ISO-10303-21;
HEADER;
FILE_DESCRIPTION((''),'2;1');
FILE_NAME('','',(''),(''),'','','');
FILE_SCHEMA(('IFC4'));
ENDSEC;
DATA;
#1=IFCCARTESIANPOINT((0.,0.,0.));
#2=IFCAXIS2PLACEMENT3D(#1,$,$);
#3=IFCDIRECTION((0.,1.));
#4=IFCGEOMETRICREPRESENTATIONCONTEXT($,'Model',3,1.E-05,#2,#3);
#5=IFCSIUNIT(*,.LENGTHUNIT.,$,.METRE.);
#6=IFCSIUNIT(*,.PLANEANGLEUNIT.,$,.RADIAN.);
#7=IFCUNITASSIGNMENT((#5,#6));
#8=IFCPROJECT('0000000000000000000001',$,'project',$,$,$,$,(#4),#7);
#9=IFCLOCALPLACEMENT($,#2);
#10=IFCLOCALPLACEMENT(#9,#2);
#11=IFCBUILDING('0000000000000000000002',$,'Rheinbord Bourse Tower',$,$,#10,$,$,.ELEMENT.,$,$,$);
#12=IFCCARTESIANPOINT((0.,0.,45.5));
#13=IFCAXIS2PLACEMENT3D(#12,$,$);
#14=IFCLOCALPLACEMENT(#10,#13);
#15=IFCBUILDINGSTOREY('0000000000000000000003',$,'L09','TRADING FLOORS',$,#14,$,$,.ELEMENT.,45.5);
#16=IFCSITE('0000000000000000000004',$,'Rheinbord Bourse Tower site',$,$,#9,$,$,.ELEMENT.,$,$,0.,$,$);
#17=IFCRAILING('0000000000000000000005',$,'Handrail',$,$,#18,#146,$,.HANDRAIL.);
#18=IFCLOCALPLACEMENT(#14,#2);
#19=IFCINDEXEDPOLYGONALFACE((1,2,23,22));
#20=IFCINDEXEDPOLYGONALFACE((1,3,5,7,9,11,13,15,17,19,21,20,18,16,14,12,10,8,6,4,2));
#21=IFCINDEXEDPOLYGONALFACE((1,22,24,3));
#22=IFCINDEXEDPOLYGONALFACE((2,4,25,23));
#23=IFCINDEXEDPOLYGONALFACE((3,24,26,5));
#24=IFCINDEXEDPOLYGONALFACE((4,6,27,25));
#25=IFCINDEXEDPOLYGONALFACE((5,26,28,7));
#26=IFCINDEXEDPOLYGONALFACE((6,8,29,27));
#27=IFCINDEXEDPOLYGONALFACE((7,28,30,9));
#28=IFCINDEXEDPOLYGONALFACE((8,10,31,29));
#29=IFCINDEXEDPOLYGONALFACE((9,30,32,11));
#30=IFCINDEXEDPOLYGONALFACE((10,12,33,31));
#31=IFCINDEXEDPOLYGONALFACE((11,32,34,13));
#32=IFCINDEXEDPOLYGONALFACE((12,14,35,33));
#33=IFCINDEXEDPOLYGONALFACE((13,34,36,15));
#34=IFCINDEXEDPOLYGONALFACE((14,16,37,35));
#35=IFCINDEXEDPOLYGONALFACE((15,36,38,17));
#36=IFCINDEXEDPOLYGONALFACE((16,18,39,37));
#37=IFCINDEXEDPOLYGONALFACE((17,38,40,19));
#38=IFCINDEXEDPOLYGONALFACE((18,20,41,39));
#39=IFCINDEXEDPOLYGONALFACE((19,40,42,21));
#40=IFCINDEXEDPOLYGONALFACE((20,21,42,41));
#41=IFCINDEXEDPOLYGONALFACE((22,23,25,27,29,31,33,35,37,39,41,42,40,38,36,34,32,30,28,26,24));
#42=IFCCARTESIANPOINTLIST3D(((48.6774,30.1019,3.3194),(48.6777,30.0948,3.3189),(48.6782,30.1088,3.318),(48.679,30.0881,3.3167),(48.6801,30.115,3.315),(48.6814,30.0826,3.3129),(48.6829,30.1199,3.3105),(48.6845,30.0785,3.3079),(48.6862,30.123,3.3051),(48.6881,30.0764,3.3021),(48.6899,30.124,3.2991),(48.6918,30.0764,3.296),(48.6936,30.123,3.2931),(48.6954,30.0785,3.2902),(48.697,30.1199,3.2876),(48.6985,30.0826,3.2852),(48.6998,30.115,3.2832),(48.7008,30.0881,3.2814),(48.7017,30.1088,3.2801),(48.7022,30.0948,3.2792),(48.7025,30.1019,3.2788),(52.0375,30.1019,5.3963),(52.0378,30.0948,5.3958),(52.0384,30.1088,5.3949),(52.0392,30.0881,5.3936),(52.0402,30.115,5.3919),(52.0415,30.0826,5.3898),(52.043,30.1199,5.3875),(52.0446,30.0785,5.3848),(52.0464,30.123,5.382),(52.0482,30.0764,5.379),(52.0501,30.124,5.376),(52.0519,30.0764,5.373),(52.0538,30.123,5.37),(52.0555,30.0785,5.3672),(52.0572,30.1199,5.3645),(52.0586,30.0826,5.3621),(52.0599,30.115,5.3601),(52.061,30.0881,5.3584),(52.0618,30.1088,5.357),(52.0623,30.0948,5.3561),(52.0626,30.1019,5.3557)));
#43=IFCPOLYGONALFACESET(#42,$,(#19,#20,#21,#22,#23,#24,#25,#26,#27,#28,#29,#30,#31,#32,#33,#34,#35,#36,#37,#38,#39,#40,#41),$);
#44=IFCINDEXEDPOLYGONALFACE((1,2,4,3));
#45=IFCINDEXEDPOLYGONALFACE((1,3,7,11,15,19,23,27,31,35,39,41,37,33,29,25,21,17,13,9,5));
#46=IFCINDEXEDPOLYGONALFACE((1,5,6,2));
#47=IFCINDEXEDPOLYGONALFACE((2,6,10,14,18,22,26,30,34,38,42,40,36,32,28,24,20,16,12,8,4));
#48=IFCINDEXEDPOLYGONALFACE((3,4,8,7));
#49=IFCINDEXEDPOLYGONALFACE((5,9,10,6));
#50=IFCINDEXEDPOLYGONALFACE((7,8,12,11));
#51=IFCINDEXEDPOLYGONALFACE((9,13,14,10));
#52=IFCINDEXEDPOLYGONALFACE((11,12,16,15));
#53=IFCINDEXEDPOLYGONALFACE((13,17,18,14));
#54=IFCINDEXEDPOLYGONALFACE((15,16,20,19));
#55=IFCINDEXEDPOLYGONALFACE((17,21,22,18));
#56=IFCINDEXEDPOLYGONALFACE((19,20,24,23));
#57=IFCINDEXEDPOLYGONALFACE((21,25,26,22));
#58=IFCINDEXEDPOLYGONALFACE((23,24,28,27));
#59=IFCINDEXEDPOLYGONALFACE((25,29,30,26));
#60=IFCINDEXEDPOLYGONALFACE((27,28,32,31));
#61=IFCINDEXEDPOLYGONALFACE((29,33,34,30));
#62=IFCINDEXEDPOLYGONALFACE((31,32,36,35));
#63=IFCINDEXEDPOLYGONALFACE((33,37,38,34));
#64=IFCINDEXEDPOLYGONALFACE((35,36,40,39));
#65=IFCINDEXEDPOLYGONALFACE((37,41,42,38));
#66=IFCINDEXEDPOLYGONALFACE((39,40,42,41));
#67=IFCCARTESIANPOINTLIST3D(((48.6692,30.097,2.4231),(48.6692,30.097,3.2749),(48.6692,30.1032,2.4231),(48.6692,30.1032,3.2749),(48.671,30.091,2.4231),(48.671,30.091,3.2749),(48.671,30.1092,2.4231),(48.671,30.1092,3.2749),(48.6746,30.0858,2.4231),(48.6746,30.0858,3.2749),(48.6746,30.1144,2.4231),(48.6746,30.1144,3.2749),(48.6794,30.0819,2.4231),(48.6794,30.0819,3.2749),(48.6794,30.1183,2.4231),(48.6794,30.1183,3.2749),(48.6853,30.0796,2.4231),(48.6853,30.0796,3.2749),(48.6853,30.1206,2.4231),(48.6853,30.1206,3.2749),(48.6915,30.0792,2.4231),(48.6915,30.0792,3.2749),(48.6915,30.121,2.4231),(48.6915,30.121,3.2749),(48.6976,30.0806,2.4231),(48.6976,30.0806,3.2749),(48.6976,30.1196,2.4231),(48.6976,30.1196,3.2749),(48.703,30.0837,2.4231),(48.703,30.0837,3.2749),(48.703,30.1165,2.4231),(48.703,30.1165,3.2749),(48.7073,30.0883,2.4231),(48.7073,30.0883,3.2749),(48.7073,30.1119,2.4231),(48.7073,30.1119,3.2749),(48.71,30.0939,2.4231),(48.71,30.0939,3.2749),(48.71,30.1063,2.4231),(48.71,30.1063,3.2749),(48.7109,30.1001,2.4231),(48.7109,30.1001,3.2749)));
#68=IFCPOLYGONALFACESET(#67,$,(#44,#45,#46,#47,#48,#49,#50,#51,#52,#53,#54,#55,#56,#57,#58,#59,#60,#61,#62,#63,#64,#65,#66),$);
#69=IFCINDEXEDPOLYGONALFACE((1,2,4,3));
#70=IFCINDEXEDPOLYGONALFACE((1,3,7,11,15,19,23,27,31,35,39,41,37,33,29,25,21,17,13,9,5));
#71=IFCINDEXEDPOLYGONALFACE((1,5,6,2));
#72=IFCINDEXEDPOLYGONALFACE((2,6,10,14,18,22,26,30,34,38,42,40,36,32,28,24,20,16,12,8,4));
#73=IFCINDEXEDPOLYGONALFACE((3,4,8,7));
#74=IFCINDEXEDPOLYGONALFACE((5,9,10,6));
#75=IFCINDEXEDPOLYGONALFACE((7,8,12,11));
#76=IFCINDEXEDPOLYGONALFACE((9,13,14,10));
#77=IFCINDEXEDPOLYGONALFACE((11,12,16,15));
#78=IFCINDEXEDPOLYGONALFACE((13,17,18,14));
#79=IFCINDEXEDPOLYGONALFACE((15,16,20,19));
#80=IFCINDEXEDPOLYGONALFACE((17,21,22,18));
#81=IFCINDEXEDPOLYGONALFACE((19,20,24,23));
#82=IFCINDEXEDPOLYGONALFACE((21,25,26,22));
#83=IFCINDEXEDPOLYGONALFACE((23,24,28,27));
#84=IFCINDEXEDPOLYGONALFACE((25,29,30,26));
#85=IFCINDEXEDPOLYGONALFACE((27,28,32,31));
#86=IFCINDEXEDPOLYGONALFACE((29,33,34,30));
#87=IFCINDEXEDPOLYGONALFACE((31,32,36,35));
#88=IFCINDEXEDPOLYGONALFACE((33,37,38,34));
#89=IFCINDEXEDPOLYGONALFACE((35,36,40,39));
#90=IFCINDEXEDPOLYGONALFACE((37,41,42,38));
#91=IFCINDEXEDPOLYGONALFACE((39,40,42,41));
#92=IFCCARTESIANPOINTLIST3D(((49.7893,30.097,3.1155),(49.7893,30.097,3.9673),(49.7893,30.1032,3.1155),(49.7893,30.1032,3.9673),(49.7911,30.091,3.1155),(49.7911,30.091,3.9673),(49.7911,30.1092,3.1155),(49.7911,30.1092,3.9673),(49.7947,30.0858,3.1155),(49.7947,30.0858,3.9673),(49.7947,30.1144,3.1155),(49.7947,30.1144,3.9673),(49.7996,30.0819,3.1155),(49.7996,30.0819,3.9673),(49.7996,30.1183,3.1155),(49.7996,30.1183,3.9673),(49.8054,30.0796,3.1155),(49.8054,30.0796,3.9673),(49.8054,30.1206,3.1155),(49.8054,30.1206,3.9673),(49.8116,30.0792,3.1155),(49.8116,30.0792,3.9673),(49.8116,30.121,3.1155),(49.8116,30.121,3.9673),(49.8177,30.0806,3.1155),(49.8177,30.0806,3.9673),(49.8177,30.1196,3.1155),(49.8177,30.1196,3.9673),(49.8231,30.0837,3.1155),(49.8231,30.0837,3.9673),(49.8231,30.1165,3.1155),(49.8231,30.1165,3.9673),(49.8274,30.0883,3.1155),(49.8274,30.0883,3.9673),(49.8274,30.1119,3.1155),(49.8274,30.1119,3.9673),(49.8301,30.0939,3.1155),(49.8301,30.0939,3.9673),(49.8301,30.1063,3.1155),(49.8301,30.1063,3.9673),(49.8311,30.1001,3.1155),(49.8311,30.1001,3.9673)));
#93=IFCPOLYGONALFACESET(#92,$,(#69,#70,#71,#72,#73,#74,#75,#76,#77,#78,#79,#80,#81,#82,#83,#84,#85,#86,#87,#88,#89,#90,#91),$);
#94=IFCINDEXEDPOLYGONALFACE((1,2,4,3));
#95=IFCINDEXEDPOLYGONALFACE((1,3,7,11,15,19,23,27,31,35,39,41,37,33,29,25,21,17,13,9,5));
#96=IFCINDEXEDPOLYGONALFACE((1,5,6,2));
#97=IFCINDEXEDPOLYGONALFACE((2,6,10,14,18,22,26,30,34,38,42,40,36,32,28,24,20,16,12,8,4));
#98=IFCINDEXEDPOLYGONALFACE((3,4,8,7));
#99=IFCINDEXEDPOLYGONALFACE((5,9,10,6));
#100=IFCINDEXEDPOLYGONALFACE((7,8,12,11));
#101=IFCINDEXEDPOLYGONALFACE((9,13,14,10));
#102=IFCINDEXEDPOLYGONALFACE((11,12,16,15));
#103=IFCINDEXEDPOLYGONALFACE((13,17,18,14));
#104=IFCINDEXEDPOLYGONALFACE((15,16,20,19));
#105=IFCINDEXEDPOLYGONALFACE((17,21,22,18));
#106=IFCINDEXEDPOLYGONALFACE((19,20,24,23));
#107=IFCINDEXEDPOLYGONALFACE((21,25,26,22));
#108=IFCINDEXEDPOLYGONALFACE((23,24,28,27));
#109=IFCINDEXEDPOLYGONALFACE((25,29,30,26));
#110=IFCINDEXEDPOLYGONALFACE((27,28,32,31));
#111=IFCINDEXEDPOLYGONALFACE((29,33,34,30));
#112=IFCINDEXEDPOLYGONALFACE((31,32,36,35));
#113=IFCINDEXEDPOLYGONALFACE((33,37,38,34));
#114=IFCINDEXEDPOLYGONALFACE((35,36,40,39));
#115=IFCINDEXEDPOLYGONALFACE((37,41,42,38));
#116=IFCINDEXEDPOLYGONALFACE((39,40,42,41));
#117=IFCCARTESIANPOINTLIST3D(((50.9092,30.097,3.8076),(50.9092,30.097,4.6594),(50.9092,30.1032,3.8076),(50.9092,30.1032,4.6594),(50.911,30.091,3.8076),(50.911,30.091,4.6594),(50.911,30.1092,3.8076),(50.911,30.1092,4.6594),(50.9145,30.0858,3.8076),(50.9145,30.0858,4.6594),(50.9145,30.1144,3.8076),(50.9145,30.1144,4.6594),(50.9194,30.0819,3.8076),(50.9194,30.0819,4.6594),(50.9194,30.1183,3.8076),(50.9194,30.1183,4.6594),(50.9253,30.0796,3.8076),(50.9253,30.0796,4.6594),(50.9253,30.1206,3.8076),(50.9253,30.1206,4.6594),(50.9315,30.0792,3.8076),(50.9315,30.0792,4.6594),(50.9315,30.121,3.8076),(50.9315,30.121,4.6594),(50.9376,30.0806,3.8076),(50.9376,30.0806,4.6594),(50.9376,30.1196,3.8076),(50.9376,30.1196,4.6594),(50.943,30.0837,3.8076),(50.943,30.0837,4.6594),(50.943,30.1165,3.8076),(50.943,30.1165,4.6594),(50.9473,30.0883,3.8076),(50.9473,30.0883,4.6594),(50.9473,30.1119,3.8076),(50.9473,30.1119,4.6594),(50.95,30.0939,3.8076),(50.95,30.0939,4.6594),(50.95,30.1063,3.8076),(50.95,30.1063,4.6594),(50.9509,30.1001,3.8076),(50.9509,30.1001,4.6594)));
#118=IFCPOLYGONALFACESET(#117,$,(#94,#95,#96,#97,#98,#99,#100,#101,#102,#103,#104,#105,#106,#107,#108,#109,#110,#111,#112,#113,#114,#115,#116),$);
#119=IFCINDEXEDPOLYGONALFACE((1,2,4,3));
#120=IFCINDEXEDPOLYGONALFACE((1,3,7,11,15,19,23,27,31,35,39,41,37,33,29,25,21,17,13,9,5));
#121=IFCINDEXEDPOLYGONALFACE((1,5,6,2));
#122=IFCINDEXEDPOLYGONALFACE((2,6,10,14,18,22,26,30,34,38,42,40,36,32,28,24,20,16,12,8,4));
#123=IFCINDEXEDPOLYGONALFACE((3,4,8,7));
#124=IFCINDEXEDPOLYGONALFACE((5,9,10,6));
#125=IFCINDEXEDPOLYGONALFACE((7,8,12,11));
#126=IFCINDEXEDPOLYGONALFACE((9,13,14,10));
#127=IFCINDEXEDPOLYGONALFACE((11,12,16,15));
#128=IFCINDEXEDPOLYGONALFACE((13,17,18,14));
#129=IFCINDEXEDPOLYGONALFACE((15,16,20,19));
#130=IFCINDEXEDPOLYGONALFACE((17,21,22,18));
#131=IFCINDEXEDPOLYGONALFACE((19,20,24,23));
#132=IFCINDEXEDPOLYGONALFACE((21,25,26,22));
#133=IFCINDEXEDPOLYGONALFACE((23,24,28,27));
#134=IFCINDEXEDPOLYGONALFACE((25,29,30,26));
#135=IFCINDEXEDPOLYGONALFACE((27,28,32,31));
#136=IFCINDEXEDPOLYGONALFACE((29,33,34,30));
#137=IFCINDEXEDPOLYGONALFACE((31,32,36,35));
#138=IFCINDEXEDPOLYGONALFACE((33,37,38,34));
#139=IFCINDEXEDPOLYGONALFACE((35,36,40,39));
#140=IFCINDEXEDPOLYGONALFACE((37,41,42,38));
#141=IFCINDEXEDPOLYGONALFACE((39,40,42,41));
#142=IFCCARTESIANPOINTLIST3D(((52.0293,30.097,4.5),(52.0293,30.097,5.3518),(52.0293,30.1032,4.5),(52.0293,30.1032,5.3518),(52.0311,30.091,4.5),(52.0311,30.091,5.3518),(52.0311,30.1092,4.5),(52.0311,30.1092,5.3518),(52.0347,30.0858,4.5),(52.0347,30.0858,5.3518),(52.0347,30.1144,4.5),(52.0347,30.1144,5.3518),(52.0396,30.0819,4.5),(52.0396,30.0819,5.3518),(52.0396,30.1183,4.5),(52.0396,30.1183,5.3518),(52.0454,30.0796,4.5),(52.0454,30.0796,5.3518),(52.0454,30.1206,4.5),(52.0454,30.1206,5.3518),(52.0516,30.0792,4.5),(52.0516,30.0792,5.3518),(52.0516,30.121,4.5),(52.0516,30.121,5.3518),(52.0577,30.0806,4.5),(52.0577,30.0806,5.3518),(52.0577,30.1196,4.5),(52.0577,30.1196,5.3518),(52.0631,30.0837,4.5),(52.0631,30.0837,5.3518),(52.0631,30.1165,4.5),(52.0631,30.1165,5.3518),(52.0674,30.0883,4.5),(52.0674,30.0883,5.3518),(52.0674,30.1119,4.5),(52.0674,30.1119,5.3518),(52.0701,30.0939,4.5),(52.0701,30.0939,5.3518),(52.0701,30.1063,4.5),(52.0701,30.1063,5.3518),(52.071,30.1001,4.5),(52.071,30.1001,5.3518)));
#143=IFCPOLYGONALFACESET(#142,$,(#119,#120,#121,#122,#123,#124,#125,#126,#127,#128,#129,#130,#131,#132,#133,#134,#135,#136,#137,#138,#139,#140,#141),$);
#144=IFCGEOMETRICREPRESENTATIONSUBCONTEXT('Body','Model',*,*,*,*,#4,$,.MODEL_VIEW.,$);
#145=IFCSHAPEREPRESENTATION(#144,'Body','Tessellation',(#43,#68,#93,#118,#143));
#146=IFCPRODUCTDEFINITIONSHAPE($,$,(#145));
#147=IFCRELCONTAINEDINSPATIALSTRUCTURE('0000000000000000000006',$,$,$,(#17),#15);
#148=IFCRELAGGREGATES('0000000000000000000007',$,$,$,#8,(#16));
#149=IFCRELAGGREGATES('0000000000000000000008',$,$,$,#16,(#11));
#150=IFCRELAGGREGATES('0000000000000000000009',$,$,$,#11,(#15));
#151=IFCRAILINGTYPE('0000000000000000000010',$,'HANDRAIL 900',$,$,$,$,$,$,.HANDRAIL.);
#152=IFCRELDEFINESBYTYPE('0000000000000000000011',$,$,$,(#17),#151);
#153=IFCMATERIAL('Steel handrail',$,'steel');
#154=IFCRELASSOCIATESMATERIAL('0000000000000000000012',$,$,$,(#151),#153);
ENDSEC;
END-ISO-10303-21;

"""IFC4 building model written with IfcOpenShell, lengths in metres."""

from ifc_helpers import new_model, si_unit, direction, frame, origin, origin_2d, place, context, subcontext, project, spatial, circle, extrude, material, type_object, element, save


model = new_model("IFC4")

# Units and contexts
model_context = context("Model", 3, precision=1e-05, world=origin(), true_north=direction((0.0, 1.0)))
body_context = subcontext(model_context, "Body", "Model", "MODEL_VIEW")
ifc_project = project(units=[si_unit("LENGTHUNIT", "METRE"), si_unit("PLANEANGLEUNIT", "RADIAN")], contexts=[model_context])

# Site, building, storey
site_placement = place(None, origin())
site = spatial("IfcSite", under=ifc_project, at=site_placement, Name="Rheinbord Bourse Tower site", CompositionType="ELEMENT", RefElevation=0.0)
building_placement = place(site_placement, origin())
building = spatial("IfcBuilding", under=site, at=building_placement, Name="Rheinbord Bourse Tower", CompositionType="ELEMENT")
storey_placement = place(building_placement, frame((0.0, 0.0, 45.5)))
storey = spatial("IfcBuildingStorey", under=building, at=storey_placement, Name="L09", Description="TRADING FLOORS", CompositionType="ELEMENT", Elevation=45.5)

# Railing
ifc_material_1 = material(Name="Steel handrail", Category="steel")
railing_type = type_object("IfcRailingType", Name="HANDRAIL 900", PredefinedType="HANDRAIL", material=ifc_material_1)
railing_1_placement = place(storey_placement, frame((48.6899, 30.1001, 2.4231)))
element("IfcRailing", 1, at=railing_1_placement, inside=storey, type_object=railing_type, Name="Handrail", PredefinedType="HANDRAIL", context=body_context, shape_type="SweptSolid", body=[
    extrude(circle(Radius=0.0239, at=origin_2d()), frame((0.0, 0.0, 0.876), z_axis=(0.850623, 0.0, 0.525776), x_axis=(0.0, 1.0, 0.0)), (0.0, 0.0, 1.0), 3.9502),
    extrude(circle(Radius=0.021, at=origin_2d()), origin(), (0.0, 0.0, 1.0), 0.8518),
    extrude(circle(Radius=0.021, at=origin_2d()), frame((1.1201, 0.0, 0.6924)), (0.0, 0.0, 1.0), 0.8518),
    extrude(circle(Radius=0.021, at=origin_2d()), frame((2.24, 0.0, 1.3845)), (0.0, 0.0, 1.0), 0.8518),
    extrude(circle(Radius=0.021, at=origin_2d()), frame((3.3601, 0.0, 2.0769)), (0.0, 0.0, 1.0), 0.8518),
])

save(model, "model.ifc")
